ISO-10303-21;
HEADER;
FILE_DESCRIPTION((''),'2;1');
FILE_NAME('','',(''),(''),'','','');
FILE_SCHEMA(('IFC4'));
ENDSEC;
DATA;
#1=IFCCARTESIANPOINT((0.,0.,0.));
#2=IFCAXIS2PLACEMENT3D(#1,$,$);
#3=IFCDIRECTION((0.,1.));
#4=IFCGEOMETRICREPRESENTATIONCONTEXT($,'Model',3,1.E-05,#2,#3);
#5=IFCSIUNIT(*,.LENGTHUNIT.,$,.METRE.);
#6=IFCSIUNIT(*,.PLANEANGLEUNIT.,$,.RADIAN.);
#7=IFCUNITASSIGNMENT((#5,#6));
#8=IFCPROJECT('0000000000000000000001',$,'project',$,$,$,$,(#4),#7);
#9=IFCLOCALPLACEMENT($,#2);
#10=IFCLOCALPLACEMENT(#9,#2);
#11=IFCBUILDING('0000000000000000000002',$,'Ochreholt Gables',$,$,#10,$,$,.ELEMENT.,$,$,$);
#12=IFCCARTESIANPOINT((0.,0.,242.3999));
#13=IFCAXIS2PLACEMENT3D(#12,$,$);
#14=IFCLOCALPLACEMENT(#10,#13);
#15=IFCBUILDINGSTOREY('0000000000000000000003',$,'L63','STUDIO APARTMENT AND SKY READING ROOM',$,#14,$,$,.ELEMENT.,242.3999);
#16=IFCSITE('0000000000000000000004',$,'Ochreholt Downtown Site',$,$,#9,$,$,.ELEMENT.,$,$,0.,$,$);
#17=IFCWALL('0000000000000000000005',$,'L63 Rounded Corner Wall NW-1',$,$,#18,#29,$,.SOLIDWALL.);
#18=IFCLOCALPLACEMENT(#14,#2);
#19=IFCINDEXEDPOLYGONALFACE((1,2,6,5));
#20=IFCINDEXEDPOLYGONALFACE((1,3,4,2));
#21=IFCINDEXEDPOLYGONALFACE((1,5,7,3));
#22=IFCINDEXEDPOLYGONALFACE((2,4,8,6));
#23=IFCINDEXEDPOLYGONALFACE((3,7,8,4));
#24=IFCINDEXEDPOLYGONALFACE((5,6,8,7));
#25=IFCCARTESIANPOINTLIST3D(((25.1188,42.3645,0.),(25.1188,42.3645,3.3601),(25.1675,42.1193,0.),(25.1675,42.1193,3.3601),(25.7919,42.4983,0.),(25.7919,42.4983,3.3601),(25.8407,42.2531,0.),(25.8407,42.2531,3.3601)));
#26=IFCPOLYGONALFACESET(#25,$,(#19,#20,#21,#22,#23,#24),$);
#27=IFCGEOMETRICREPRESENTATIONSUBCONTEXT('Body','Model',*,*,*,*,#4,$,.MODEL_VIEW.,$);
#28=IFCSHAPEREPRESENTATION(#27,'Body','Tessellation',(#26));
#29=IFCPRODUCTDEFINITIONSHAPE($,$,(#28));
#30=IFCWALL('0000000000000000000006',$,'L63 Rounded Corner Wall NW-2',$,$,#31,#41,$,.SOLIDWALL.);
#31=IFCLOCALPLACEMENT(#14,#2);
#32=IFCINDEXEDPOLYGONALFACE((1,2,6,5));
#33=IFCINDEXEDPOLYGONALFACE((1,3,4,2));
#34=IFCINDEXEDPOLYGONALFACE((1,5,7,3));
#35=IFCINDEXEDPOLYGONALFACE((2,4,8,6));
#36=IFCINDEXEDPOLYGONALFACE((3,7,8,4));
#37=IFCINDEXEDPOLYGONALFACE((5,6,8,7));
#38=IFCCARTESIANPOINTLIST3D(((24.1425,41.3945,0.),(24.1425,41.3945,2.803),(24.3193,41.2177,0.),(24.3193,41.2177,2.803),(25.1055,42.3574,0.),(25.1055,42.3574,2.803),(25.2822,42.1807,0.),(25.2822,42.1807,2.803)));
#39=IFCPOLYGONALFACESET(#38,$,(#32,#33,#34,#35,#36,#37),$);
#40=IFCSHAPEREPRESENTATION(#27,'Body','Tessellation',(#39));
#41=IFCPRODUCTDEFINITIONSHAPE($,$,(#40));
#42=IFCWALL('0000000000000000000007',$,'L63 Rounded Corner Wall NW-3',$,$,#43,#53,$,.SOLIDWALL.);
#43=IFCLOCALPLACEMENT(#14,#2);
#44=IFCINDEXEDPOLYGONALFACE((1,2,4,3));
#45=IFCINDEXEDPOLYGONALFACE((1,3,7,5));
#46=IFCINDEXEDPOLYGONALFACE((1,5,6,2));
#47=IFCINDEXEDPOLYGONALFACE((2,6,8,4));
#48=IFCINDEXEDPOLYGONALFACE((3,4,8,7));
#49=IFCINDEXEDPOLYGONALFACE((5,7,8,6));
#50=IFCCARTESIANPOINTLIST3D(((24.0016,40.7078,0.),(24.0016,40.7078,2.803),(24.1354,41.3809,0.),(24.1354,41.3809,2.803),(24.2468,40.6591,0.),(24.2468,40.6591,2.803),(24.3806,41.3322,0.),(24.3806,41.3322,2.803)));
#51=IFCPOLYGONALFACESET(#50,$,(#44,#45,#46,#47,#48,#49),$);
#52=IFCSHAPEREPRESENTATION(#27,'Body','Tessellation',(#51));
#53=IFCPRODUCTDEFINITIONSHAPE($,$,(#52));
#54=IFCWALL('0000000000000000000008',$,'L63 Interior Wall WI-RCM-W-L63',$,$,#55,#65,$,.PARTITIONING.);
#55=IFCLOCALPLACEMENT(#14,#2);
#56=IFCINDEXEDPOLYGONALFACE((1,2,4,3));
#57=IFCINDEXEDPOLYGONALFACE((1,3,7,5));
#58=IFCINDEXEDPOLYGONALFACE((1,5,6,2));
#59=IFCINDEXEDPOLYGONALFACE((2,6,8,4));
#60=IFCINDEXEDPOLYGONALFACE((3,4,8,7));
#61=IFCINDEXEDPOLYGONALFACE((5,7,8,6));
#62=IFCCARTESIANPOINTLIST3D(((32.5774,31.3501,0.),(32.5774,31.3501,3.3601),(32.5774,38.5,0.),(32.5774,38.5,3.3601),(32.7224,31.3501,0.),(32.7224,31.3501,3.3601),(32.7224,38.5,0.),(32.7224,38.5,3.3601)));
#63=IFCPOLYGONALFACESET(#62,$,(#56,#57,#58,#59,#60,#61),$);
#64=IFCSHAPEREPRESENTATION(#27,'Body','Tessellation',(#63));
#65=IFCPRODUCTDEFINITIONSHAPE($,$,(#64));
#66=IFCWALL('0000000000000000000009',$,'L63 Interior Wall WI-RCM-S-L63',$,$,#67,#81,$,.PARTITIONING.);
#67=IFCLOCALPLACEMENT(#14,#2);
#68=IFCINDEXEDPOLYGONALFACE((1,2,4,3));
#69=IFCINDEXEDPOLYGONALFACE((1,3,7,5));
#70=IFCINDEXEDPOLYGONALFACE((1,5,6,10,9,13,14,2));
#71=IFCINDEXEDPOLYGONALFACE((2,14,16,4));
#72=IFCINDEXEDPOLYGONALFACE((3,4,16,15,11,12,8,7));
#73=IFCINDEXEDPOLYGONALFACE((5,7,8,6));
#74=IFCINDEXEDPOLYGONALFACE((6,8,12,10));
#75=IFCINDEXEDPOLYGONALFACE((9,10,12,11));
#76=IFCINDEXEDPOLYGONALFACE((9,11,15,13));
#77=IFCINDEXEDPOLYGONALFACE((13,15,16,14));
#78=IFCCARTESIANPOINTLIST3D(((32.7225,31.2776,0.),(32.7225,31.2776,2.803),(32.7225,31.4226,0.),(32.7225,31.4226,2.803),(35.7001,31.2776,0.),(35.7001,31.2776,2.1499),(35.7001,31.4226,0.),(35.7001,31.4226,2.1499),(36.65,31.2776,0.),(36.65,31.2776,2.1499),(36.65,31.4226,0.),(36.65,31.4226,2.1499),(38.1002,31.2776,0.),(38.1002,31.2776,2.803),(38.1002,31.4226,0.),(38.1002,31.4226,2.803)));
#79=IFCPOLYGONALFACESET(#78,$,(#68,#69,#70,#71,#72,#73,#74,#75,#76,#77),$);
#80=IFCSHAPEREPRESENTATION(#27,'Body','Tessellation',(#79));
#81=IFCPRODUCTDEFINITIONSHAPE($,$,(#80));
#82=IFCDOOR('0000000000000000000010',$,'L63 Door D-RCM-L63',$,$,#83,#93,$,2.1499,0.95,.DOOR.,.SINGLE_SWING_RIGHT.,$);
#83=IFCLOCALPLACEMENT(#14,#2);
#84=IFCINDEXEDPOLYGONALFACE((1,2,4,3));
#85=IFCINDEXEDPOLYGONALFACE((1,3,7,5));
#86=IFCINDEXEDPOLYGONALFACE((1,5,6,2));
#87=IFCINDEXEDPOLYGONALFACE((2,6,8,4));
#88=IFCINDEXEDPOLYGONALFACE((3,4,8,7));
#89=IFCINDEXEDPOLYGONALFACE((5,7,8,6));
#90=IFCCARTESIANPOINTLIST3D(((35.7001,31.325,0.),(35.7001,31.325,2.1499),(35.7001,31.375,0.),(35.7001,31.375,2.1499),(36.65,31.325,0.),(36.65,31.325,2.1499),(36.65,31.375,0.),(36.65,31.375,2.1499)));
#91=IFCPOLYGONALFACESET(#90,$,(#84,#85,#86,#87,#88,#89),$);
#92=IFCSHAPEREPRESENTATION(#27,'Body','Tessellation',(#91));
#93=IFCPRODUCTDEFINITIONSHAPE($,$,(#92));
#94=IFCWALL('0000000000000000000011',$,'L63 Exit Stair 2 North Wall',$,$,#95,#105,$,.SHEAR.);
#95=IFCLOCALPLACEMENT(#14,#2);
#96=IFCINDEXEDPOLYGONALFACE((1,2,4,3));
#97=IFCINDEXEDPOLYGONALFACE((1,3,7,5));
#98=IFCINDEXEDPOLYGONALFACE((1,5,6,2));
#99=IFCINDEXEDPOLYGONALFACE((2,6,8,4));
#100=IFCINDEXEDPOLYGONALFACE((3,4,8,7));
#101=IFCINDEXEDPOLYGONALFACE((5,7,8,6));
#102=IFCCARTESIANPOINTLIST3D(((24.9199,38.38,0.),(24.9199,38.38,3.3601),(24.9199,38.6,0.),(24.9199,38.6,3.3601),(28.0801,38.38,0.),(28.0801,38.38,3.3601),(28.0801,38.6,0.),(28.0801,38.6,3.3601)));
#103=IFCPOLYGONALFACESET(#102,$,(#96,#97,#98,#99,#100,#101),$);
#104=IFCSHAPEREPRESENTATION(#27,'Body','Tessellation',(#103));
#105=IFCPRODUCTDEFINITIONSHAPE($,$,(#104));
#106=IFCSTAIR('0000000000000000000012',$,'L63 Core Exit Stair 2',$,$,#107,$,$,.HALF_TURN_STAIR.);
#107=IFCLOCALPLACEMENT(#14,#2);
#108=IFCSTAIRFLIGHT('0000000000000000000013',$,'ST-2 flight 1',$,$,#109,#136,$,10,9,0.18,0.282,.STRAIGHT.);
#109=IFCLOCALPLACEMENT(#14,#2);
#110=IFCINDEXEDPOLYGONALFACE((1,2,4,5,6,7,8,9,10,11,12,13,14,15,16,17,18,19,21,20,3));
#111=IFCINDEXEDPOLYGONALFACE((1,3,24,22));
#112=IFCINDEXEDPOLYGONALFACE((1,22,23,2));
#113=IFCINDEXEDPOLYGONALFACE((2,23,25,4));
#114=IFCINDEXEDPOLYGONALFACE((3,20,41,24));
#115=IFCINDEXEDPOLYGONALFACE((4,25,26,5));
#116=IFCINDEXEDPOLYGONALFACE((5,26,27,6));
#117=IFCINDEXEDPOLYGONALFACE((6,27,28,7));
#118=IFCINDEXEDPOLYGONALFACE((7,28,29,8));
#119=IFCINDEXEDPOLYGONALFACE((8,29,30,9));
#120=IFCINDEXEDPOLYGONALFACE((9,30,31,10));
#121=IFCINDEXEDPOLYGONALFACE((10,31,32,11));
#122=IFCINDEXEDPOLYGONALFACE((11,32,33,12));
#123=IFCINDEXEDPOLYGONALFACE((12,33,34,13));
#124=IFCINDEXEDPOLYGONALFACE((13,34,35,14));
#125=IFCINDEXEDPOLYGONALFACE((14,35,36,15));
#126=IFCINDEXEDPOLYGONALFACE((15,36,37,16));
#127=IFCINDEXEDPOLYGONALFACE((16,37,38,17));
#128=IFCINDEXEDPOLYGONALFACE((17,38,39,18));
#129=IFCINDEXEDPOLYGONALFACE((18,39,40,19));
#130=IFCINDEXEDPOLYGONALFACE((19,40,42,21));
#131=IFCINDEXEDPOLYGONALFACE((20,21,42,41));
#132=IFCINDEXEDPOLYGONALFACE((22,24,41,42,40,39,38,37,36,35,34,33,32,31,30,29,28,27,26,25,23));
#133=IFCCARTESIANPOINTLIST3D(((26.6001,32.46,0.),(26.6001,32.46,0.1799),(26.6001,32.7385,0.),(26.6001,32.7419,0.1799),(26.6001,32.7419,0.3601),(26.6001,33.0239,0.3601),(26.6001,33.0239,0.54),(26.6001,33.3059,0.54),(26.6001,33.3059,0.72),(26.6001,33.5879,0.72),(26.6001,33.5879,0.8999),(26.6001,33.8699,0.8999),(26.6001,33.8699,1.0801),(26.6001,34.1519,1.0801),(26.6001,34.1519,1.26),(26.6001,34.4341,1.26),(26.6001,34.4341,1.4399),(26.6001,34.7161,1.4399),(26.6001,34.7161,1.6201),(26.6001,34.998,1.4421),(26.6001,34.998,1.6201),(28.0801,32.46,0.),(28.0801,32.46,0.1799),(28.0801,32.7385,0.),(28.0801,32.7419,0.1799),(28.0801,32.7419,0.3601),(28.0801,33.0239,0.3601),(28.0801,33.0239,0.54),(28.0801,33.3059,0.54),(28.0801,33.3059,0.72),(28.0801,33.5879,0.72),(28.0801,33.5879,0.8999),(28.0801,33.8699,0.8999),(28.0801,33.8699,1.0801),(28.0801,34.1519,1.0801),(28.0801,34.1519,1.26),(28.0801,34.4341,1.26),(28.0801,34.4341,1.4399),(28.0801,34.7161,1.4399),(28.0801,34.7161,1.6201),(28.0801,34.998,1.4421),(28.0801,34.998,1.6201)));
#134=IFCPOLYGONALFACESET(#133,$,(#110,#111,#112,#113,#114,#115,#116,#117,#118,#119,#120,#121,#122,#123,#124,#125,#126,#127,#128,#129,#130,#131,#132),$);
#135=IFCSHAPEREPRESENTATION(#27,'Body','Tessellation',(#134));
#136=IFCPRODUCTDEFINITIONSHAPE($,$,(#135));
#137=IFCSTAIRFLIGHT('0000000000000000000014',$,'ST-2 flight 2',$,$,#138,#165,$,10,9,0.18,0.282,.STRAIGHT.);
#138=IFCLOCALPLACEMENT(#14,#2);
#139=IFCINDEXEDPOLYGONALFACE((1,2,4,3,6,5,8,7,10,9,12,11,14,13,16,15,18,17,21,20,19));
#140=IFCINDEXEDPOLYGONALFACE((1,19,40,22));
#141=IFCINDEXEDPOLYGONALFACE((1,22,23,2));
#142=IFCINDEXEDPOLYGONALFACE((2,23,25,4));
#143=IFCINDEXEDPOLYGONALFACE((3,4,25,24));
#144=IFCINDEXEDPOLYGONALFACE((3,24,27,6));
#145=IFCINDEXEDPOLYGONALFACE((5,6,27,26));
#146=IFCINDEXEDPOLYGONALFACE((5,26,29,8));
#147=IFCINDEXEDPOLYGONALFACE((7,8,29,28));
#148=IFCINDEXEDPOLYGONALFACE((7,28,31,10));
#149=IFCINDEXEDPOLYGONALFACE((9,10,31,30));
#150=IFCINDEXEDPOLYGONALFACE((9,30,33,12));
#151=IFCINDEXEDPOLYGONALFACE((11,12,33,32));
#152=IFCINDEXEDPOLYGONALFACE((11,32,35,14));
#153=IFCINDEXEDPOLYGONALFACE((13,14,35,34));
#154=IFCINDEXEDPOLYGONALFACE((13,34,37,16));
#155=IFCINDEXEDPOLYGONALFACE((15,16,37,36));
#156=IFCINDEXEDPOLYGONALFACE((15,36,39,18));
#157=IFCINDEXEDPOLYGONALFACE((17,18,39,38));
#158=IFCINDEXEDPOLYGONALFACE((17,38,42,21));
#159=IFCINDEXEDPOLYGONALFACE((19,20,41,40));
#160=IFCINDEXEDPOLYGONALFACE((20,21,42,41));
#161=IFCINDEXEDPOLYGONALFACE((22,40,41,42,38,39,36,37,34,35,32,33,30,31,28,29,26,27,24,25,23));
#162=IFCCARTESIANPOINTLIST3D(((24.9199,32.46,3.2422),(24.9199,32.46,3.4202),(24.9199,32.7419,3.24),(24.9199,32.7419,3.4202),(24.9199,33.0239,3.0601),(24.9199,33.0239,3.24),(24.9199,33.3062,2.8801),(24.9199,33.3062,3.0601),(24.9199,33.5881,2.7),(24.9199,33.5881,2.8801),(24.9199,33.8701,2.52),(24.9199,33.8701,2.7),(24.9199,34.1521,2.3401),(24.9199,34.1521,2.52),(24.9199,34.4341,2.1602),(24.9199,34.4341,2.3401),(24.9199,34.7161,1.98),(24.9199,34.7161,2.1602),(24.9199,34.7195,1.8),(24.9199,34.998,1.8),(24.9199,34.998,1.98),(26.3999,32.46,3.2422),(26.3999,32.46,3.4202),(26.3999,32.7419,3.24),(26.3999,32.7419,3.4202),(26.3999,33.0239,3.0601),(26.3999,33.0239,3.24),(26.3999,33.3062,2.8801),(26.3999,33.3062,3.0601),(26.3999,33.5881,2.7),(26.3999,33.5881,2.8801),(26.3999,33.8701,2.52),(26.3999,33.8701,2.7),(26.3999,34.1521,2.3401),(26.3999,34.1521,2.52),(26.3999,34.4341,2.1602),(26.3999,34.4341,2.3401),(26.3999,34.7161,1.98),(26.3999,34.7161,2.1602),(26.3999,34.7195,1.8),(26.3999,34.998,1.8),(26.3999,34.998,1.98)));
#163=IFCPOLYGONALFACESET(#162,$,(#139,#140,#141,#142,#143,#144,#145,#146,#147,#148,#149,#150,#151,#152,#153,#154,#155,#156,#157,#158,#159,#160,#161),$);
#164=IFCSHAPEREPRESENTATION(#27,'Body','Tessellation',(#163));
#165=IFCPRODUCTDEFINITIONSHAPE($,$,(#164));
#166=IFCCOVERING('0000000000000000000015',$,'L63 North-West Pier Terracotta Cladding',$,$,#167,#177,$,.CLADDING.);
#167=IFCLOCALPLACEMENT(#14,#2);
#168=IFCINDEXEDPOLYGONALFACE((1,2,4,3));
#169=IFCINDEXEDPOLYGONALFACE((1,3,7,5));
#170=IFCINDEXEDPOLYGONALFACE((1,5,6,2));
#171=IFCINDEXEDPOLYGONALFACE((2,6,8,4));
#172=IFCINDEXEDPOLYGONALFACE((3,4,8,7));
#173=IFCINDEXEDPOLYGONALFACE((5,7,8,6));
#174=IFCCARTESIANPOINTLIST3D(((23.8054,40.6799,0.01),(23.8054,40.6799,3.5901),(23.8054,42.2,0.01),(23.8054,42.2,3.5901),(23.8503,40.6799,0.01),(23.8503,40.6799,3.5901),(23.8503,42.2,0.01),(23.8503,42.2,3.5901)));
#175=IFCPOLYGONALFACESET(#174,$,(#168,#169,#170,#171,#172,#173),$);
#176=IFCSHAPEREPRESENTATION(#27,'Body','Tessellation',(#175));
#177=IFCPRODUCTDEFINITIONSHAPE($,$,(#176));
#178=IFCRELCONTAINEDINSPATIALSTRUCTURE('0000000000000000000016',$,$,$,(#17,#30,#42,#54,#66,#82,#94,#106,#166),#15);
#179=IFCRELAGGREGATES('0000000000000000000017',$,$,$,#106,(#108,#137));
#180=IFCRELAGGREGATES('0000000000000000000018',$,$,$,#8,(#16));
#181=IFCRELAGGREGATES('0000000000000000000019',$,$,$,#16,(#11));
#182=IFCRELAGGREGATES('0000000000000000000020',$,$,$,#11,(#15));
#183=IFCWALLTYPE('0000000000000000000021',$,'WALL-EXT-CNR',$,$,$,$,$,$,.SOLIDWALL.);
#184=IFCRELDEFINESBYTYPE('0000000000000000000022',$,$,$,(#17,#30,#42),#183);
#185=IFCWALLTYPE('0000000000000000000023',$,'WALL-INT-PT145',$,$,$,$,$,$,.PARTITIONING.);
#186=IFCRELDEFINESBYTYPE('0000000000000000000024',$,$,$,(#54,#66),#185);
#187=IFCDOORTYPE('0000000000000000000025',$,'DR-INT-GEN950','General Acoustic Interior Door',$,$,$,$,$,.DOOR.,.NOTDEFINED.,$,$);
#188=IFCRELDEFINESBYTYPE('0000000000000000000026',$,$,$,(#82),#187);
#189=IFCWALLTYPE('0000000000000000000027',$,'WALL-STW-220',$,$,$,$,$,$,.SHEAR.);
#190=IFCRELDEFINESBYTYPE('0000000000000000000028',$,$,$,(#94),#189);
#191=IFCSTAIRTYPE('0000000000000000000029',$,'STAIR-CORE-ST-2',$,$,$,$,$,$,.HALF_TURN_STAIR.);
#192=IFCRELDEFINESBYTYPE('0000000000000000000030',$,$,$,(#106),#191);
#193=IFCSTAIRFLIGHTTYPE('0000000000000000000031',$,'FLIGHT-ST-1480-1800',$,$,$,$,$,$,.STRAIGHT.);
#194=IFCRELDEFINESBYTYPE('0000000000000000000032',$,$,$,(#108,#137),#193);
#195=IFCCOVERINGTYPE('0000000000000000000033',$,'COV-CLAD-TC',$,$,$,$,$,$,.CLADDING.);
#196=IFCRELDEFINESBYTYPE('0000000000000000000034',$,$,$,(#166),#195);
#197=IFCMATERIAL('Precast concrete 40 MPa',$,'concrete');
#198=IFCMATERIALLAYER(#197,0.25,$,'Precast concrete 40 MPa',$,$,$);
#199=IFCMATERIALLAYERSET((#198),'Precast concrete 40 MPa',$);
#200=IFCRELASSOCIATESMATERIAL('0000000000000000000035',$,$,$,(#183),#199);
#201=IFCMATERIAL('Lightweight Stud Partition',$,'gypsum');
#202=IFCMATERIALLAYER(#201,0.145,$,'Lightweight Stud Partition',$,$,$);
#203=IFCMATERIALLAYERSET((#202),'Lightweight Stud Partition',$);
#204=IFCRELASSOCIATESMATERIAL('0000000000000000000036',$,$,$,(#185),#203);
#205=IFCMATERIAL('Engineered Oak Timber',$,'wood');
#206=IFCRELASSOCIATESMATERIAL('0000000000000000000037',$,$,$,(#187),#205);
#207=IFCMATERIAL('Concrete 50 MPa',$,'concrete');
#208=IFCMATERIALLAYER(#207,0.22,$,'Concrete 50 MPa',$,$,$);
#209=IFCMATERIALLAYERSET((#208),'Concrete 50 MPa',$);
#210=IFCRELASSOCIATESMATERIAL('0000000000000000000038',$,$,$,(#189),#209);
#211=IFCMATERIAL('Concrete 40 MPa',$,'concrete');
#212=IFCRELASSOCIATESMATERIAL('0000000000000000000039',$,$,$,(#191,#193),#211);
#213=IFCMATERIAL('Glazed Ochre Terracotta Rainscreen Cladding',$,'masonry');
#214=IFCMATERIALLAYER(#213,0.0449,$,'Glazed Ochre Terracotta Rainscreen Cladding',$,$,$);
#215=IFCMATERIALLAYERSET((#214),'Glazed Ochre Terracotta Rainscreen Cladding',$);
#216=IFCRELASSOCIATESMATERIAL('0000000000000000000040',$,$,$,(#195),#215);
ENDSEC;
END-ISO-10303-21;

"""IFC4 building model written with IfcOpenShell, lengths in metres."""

from ifc_helpers import new_model, si_unit, direction, frame, frame_2d, origin, origin_2d, place, context, subcontext, project, spatial, polyline, rectangle, outline, extrude, material, layer, layer_set, type_object, element, fill, aggregate, save


model = new_model("IFC4")

# Units and contexts
model_context = context("Model", 3, precision=1e-05, world=origin(), true_north=direction((0.0, 1.0)))
body_context = subcontext(model_context, "Body", "Model", "MODEL_VIEW")
ifc_project = project(units=[si_unit("LENGTHUNIT", "METRE"), si_unit("PLANEANGLEUNIT", "RADIAN")], contexts=[model_context])

# Site, building, storey
site_placement = place(None, origin())
site = spatial("IfcSite", under=ifc_project, at=site_placement, Name="Ochreholt Downtown Site", CompositionType="ELEMENT", RefElevation=0.0)
building_placement = place(site_placement, origin())
building = spatial("IfcBuilding", under=site, at=building_placement, Name="Ochreholt Gables", CompositionType="ELEMENT")
storey_placement = place(building_placement, frame((0.0, 0.0, 242.3999)))
storey = spatial("IfcBuildingStorey", under=building, at=storey_placement, Name="L63", Description="STUDIO APARTMENT AND SKY READING ROOM", CompositionType="ELEMENT", Elevation=242.3999)

# Shared definitions
ifc_material_1 = material(Name="Concrete 50 MPa", Category="concrete")

# Shared definitions
ifc_material_2 = material(Name="Precast concrete 40 MPa", Category="concrete")

# Walls
ifc_layer_1 = layer(ifc_material_2, 0.25, Name="Precast concrete 40 MPa")
ifc_layer_set_1 = layer_set([ifc_layer_1], Name="Precast concrete 40 MPa")
wall_type_1 = type_object("IfcWallType", Name="WALL-EXT-CNR", PredefinedType="SOLIDWALL", material=ifc_layer_set_1)
wall_1_placement = place(storey_placement, frame((25.8164, 42.3757, 0.0), z_axis=(0.0, 0.0, 1.0), x_axis=(-0.980813, -0.194953, 0.0)))
element("IfcWall", 1, at=wall_1_placement, inside=storey, type_object=wall_type_1, Name="L63 Rounded Corner Wall NW-1", PredefinedType="SOLIDWALL", context=body_context, shape_type="SweptSolid", body=[
    extrude(rectangle(XDim=0.6863, YDim=0.25, at=frame_2d((0.3433, 0.0))), origin(), (0.0, 0.0, 1.0), 3.3601),
])
wall_2_placement = place(storey_placement, frame((25.1938, 42.269, 0.0), z_axis=(0.0, 0.0, 1.0), x_axis=(-0.707107, -0.707107, 0.0)))
element("IfcWall", 2, at=wall_2_placement, inside=storey, type_object=wall_type_1, Name="L63 Rounded Corner Wall NW-2", PredefinedType="SOLIDWALL", context=body_context, shape_type="SweptSolid", body=[
    extrude(rectangle(XDim=1.3618, YDim=0.25, at=frame_2d((0.6809, 0.0))), origin(), (0.0, 0.0, 1.0), 2.803),
])
wall_3_placement = place(storey_placement, frame((24.2581, 41.3567, 0.0), z_axis=(0.0, 0.0, 1.0), x_axis=(-0.194953, -0.980813, 0.0)))
element("IfcWall", 3, at=wall_3_placement, inside=storey, type_object=wall_type_1, Name="L63 Rounded Corner Wall NW-3", PredefinedType="SOLIDWALL", context=body_context, shape_type="SweptSolid", body=[
    extrude(rectangle(XDim=0.6863, YDim=0.25, at=frame_2d((0.3433, 0.0))), origin(), (0.0, 0.0, 1.0), 2.803),
])
ifc_material_3 = material(Name="Lightweight Stud Partition", Category="gypsum")
ifc_layer_2 = layer(ifc_material_3, 0.145, Name="Lightweight Stud Partition")
ifc_layer_set_2 = layer_set([ifc_layer_2], Name="Lightweight Stud Partition")
wall_type_2 = type_object("IfcWallType", Name="WALL-INT-PT145", PredefinedType="PARTITIONING", material=ifc_layer_set_2)
wall_4_placement = place(storey_placement, frame((32.6499, 31.3501, 0.0), z_axis=(0.0, 0.0, 1.0), x_axis=(0.0, 1.0, 0.0)))
element("IfcWall", 4, at=wall_4_placement, inside=storey, type_object=wall_type_2, Name="L63 Interior Wall WI-RCM-W-L63", PredefinedType="PARTITIONING", context=body_context, shape_type="SweptSolid", body=[
    extrude(rectangle(XDim=7.1499, YDim=0.145, at=frame_2d((3.575, 0.0))), origin(), (0.0, 0.0, 1.0), 3.3601),
])

# Wall, opening, door
wall_5_placement = place(storey_placement, frame((32.7224, 31.3501, 0.0), z_axis=(0.0, 0.0, 1.0), x_axis=(1.0, 0.0, 0.0)))
wall_5 = element("IfcWall", 5, at=wall_5_placement, inside=storey, type_object=wall_type_2, Name="L63 Interior Wall WI-RCM-S-L63", PredefinedType="PARTITIONING", context=body_context, shape_type="SweptSolid", body=[
    extrude(rectangle(XDim=5.3777, YDim=0.145, at=frame_2d((2.689, 0.0))), origin(), (0.0, 0.0, 1.0), 2.803),
])
opening_1_placement = place(wall_5_placement, frame((2.9775, 0.0, 0.0)))
opening_1 = element("IfcOpeningElement", 6, at=opening_1_placement, cuts=wall_5, PredefinedType="OPENING", context=body_context, shape_type="SweptSolid", body=[
    extrude(rectangle(XDim=0.95, YDim=2.1499, at=frame_2d((0.4751, 1.075))), frame((0.0, 0.0825, 0.0), z_axis=(0.0, -1.0, 0.0), x_axis=(1.0, 0.0, 0.0)), (0.0, 0.0, 1.0), 0.165),
])
ifc_material_4 = material(Name="Engineered Oak Timber", Category="wood")
door_type_1 = type_object("IfcDoorType", Name="DR-INT-GEN950", Description="General Acoustic Interior Door", OperationType="NOTDEFINED", PredefinedType="DOOR", material=ifc_material_4)
door_1_placement = place(opening_1_placement, origin())
door_1 = element("IfcDoor", 7, at=door_1_placement, inside=storey, type_object=door_type_1, Name="L63 Door D-RCM-L63", OperationType="SINGLE_SWING_RIGHT", OverallHeight=2.1499, OverallWidth=0.95, PredefinedType="DOOR", context=body_context, shape_type="SweptSolid", body=[
    extrude(rectangle(XDim=0.95, YDim=2.1499, at=frame_2d((0.4751, 1.075))), frame((0.0, 0.0249, 0.0), z_axis=(0.0, -1.0, 0.0), x_axis=(1.0, 0.0, 0.0)), (0.0, 0.0, 1.0), 0.05),
])
fill(opening_1, door_1)

# Wall
ifc_layer_3 = layer(ifc_material_1, 0.22, Name="Concrete 50 MPa")
ifc_layer_set_3 = layer_set([ifc_layer_3], Name="Concrete 50 MPa")
wall_type_3 = type_object("IfcWallType", Name="WALL-STW-220", PredefinedType="SHEAR", material=ifc_layer_set_3)
wall_6_placement = place(storey_placement, frame((24.9199, 38.49, 0.0), z_axis=(0.0, 0.0, 1.0), x_axis=(1.0, 0.0, 0.0)))
element("IfcWall", 8, at=wall_6_placement, inside=storey, type_object=wall_type_3, Name="L63 Exit Stair 2 North Wall", PredefinedType="SHEAR", context=body_context, shape_type="SweptSolid", body=[
    extrude(rectangle(XDim=3.1602, YDim=0.22, at=frame_2d((1.5801, 0.0))), origin(), (0.0, 0.0, 1.0), 3.3601),
])

# Stair, stair flights
ifc_material_5 = material(Name="Concrete 40 MPa", Category="concrete")
stair_type = type_object("IfcStairType", Name="STAIR-CORE-ST-2", PredefinedType="HALF_TURN_STAIR", material=ifc_material_5)
stair_placement = place(storey_placement, origin())
stair = element("IfcStair", 9, at=stair_placement, inside=storey, type_object=stair_type, Name="L63 Core Exit Stair 2", PredefinedType="HALF_TURN_STAIR")
stair_flight_type = type_object("IfcStairFlightType", Name="FLIGHT-ST-1480-1800", PredefinedType="STRAIGHT", material=ifc_material_5)
stair_flight_1_placement = place(storey_placement, frame((27.3401, 32.46, 0.0), z_axis=(0.0, 0.0, 1.0), x_axis=(0.0, 1.0, 0.0)))
stair_flight_1 = element("IfcStairFlight", 10, at=stair_flight_1_placement, type_object=stair_flight_type, Name="ST-2 flight 1", NumberOfRisers=10, NumberOfTreads=9, PredefinedType="STRAIGHT", RiserHeight=0.18, TreadLength=0.282, context=body_context, shape_type="SweptSolid", body=[
    extrude(outline(polyline([(0.0, 0.0), (0.0, 0.1799), (0.282, 0.1799), (0.282, 0.3601), (0.564, 0.3601), (0.564, 0.54), (0.8459, 0.54), (0.8459, 0.72), (1.1279, 0.72), (1.1279, 0.8999), (1.4099, 0.8999), (1.4099, 1.0801), (1.6919, 1.0801), (1.6919, 1.26), (1.9741, 1.26), (1.9741, 1.4399), (2.2561, 1.4399), (2.2561, 1.6201), (2.5381, 1.6201), (2.5381, 1.8), (2.5381, 1.4421), (0.2786, 0.0), (0.0, 0.0)])), frame((0.0, 0.74, 0.0), z_axis=(0.0, -1.0, 0.0), x_axis=(1.0, 0.0, 0.0)), (0.0, 0.0, 1.0), 1.48),
])
stair_flight_2_placement = place(storey_placement, frame((25.6599, 34.998, 1.8), z_axis=(0.0, 0.0, 1.0), x_axis=(0.0, -1.0, 0.0)))
stair_flight_2 = element("IfcStairFlight", 11, at=stair_flight_2_placement, type_object=stair_flight_type, Name="ST-2 flight 2", NumberOfRisers=10, NumberOfTreads=9, PredefinedType="STRAIGHT", RiserHeight=0.18, TreadLength=0.282, context=body_context, shape_type="SweptSolid", body=[
    extrude(outline(polyline([(0.0, 0.0), (0.0, 0.1799), (0.282, 0.1799), (0.282, 0.3601), (0.564, 0.3601), (0.564, 0.54), (0.8459, 0.54), (0.8459, 0.72), (1.1279, 0.72), (1.1279, 0.8999), (1.4099, 0.8999), (1.4099, 1.0801), (1.6919, 1.0801), (1.6919, 1.26), (1.9741, 1.26), (1.9741, 1.4399), (2.2561, 1.4399), (2.2561, 1.6201), (2.5381, 1.6201), (2.5381, 1.8), (2.5381, 1.4421), (0.2786, 0.0), (0.0, 0.0)])), frame((0.0, 0.74, 0.0), z_axis=(0.0, -1.0, 0.0), x_axis=(1.0, 0.0, 0.0)), (0.0, 0.0, 1.0), 1.48),
])
aggregate(stair, [stair_flight_1, stair_flight_2])

# Covering
ifc_material_6 = material(Name="Glazed Ochre Terracotta Rainscreen Cladding", Category="masonry")
ifc_layer_4 = layer(ifc_material_6, 0.0449, Name="Glazed Ochre Terracotta Rainscreen Cladding")
ifc_layer_set_4 = layer_set([ifc_layer_4], Name="Glazed Ochre Terracotta Rainscreen Cladding")
covering_type = type_object("IfcCoveringType", Name="COV-CLAD-TC", PredefinedType="CLADDING", material=ifc_layer_set_4)
covering_placement = place(storey_placement, frame((23.8279, 41.4399, 0.01), z_axis=(0.0, 0.0, 1.0), x_axis=(0.0, 1.0, 0.0)))
element("IfcCovering", 12, at=covering_placement, inside=storey, type_object=covering_type, Name="L63 North-West Pier Terracotta Cladding", PredefinedType="CLADDING", context=body_context, shape_type="SweptSolid", body=[
    extrude(rectangle(XDim=1.52, YDim=0.0449, at=origin_2d()), origin(), (0.0, 0.0, 1.0), 3.5801),
])

save(model, "model.ifc")
